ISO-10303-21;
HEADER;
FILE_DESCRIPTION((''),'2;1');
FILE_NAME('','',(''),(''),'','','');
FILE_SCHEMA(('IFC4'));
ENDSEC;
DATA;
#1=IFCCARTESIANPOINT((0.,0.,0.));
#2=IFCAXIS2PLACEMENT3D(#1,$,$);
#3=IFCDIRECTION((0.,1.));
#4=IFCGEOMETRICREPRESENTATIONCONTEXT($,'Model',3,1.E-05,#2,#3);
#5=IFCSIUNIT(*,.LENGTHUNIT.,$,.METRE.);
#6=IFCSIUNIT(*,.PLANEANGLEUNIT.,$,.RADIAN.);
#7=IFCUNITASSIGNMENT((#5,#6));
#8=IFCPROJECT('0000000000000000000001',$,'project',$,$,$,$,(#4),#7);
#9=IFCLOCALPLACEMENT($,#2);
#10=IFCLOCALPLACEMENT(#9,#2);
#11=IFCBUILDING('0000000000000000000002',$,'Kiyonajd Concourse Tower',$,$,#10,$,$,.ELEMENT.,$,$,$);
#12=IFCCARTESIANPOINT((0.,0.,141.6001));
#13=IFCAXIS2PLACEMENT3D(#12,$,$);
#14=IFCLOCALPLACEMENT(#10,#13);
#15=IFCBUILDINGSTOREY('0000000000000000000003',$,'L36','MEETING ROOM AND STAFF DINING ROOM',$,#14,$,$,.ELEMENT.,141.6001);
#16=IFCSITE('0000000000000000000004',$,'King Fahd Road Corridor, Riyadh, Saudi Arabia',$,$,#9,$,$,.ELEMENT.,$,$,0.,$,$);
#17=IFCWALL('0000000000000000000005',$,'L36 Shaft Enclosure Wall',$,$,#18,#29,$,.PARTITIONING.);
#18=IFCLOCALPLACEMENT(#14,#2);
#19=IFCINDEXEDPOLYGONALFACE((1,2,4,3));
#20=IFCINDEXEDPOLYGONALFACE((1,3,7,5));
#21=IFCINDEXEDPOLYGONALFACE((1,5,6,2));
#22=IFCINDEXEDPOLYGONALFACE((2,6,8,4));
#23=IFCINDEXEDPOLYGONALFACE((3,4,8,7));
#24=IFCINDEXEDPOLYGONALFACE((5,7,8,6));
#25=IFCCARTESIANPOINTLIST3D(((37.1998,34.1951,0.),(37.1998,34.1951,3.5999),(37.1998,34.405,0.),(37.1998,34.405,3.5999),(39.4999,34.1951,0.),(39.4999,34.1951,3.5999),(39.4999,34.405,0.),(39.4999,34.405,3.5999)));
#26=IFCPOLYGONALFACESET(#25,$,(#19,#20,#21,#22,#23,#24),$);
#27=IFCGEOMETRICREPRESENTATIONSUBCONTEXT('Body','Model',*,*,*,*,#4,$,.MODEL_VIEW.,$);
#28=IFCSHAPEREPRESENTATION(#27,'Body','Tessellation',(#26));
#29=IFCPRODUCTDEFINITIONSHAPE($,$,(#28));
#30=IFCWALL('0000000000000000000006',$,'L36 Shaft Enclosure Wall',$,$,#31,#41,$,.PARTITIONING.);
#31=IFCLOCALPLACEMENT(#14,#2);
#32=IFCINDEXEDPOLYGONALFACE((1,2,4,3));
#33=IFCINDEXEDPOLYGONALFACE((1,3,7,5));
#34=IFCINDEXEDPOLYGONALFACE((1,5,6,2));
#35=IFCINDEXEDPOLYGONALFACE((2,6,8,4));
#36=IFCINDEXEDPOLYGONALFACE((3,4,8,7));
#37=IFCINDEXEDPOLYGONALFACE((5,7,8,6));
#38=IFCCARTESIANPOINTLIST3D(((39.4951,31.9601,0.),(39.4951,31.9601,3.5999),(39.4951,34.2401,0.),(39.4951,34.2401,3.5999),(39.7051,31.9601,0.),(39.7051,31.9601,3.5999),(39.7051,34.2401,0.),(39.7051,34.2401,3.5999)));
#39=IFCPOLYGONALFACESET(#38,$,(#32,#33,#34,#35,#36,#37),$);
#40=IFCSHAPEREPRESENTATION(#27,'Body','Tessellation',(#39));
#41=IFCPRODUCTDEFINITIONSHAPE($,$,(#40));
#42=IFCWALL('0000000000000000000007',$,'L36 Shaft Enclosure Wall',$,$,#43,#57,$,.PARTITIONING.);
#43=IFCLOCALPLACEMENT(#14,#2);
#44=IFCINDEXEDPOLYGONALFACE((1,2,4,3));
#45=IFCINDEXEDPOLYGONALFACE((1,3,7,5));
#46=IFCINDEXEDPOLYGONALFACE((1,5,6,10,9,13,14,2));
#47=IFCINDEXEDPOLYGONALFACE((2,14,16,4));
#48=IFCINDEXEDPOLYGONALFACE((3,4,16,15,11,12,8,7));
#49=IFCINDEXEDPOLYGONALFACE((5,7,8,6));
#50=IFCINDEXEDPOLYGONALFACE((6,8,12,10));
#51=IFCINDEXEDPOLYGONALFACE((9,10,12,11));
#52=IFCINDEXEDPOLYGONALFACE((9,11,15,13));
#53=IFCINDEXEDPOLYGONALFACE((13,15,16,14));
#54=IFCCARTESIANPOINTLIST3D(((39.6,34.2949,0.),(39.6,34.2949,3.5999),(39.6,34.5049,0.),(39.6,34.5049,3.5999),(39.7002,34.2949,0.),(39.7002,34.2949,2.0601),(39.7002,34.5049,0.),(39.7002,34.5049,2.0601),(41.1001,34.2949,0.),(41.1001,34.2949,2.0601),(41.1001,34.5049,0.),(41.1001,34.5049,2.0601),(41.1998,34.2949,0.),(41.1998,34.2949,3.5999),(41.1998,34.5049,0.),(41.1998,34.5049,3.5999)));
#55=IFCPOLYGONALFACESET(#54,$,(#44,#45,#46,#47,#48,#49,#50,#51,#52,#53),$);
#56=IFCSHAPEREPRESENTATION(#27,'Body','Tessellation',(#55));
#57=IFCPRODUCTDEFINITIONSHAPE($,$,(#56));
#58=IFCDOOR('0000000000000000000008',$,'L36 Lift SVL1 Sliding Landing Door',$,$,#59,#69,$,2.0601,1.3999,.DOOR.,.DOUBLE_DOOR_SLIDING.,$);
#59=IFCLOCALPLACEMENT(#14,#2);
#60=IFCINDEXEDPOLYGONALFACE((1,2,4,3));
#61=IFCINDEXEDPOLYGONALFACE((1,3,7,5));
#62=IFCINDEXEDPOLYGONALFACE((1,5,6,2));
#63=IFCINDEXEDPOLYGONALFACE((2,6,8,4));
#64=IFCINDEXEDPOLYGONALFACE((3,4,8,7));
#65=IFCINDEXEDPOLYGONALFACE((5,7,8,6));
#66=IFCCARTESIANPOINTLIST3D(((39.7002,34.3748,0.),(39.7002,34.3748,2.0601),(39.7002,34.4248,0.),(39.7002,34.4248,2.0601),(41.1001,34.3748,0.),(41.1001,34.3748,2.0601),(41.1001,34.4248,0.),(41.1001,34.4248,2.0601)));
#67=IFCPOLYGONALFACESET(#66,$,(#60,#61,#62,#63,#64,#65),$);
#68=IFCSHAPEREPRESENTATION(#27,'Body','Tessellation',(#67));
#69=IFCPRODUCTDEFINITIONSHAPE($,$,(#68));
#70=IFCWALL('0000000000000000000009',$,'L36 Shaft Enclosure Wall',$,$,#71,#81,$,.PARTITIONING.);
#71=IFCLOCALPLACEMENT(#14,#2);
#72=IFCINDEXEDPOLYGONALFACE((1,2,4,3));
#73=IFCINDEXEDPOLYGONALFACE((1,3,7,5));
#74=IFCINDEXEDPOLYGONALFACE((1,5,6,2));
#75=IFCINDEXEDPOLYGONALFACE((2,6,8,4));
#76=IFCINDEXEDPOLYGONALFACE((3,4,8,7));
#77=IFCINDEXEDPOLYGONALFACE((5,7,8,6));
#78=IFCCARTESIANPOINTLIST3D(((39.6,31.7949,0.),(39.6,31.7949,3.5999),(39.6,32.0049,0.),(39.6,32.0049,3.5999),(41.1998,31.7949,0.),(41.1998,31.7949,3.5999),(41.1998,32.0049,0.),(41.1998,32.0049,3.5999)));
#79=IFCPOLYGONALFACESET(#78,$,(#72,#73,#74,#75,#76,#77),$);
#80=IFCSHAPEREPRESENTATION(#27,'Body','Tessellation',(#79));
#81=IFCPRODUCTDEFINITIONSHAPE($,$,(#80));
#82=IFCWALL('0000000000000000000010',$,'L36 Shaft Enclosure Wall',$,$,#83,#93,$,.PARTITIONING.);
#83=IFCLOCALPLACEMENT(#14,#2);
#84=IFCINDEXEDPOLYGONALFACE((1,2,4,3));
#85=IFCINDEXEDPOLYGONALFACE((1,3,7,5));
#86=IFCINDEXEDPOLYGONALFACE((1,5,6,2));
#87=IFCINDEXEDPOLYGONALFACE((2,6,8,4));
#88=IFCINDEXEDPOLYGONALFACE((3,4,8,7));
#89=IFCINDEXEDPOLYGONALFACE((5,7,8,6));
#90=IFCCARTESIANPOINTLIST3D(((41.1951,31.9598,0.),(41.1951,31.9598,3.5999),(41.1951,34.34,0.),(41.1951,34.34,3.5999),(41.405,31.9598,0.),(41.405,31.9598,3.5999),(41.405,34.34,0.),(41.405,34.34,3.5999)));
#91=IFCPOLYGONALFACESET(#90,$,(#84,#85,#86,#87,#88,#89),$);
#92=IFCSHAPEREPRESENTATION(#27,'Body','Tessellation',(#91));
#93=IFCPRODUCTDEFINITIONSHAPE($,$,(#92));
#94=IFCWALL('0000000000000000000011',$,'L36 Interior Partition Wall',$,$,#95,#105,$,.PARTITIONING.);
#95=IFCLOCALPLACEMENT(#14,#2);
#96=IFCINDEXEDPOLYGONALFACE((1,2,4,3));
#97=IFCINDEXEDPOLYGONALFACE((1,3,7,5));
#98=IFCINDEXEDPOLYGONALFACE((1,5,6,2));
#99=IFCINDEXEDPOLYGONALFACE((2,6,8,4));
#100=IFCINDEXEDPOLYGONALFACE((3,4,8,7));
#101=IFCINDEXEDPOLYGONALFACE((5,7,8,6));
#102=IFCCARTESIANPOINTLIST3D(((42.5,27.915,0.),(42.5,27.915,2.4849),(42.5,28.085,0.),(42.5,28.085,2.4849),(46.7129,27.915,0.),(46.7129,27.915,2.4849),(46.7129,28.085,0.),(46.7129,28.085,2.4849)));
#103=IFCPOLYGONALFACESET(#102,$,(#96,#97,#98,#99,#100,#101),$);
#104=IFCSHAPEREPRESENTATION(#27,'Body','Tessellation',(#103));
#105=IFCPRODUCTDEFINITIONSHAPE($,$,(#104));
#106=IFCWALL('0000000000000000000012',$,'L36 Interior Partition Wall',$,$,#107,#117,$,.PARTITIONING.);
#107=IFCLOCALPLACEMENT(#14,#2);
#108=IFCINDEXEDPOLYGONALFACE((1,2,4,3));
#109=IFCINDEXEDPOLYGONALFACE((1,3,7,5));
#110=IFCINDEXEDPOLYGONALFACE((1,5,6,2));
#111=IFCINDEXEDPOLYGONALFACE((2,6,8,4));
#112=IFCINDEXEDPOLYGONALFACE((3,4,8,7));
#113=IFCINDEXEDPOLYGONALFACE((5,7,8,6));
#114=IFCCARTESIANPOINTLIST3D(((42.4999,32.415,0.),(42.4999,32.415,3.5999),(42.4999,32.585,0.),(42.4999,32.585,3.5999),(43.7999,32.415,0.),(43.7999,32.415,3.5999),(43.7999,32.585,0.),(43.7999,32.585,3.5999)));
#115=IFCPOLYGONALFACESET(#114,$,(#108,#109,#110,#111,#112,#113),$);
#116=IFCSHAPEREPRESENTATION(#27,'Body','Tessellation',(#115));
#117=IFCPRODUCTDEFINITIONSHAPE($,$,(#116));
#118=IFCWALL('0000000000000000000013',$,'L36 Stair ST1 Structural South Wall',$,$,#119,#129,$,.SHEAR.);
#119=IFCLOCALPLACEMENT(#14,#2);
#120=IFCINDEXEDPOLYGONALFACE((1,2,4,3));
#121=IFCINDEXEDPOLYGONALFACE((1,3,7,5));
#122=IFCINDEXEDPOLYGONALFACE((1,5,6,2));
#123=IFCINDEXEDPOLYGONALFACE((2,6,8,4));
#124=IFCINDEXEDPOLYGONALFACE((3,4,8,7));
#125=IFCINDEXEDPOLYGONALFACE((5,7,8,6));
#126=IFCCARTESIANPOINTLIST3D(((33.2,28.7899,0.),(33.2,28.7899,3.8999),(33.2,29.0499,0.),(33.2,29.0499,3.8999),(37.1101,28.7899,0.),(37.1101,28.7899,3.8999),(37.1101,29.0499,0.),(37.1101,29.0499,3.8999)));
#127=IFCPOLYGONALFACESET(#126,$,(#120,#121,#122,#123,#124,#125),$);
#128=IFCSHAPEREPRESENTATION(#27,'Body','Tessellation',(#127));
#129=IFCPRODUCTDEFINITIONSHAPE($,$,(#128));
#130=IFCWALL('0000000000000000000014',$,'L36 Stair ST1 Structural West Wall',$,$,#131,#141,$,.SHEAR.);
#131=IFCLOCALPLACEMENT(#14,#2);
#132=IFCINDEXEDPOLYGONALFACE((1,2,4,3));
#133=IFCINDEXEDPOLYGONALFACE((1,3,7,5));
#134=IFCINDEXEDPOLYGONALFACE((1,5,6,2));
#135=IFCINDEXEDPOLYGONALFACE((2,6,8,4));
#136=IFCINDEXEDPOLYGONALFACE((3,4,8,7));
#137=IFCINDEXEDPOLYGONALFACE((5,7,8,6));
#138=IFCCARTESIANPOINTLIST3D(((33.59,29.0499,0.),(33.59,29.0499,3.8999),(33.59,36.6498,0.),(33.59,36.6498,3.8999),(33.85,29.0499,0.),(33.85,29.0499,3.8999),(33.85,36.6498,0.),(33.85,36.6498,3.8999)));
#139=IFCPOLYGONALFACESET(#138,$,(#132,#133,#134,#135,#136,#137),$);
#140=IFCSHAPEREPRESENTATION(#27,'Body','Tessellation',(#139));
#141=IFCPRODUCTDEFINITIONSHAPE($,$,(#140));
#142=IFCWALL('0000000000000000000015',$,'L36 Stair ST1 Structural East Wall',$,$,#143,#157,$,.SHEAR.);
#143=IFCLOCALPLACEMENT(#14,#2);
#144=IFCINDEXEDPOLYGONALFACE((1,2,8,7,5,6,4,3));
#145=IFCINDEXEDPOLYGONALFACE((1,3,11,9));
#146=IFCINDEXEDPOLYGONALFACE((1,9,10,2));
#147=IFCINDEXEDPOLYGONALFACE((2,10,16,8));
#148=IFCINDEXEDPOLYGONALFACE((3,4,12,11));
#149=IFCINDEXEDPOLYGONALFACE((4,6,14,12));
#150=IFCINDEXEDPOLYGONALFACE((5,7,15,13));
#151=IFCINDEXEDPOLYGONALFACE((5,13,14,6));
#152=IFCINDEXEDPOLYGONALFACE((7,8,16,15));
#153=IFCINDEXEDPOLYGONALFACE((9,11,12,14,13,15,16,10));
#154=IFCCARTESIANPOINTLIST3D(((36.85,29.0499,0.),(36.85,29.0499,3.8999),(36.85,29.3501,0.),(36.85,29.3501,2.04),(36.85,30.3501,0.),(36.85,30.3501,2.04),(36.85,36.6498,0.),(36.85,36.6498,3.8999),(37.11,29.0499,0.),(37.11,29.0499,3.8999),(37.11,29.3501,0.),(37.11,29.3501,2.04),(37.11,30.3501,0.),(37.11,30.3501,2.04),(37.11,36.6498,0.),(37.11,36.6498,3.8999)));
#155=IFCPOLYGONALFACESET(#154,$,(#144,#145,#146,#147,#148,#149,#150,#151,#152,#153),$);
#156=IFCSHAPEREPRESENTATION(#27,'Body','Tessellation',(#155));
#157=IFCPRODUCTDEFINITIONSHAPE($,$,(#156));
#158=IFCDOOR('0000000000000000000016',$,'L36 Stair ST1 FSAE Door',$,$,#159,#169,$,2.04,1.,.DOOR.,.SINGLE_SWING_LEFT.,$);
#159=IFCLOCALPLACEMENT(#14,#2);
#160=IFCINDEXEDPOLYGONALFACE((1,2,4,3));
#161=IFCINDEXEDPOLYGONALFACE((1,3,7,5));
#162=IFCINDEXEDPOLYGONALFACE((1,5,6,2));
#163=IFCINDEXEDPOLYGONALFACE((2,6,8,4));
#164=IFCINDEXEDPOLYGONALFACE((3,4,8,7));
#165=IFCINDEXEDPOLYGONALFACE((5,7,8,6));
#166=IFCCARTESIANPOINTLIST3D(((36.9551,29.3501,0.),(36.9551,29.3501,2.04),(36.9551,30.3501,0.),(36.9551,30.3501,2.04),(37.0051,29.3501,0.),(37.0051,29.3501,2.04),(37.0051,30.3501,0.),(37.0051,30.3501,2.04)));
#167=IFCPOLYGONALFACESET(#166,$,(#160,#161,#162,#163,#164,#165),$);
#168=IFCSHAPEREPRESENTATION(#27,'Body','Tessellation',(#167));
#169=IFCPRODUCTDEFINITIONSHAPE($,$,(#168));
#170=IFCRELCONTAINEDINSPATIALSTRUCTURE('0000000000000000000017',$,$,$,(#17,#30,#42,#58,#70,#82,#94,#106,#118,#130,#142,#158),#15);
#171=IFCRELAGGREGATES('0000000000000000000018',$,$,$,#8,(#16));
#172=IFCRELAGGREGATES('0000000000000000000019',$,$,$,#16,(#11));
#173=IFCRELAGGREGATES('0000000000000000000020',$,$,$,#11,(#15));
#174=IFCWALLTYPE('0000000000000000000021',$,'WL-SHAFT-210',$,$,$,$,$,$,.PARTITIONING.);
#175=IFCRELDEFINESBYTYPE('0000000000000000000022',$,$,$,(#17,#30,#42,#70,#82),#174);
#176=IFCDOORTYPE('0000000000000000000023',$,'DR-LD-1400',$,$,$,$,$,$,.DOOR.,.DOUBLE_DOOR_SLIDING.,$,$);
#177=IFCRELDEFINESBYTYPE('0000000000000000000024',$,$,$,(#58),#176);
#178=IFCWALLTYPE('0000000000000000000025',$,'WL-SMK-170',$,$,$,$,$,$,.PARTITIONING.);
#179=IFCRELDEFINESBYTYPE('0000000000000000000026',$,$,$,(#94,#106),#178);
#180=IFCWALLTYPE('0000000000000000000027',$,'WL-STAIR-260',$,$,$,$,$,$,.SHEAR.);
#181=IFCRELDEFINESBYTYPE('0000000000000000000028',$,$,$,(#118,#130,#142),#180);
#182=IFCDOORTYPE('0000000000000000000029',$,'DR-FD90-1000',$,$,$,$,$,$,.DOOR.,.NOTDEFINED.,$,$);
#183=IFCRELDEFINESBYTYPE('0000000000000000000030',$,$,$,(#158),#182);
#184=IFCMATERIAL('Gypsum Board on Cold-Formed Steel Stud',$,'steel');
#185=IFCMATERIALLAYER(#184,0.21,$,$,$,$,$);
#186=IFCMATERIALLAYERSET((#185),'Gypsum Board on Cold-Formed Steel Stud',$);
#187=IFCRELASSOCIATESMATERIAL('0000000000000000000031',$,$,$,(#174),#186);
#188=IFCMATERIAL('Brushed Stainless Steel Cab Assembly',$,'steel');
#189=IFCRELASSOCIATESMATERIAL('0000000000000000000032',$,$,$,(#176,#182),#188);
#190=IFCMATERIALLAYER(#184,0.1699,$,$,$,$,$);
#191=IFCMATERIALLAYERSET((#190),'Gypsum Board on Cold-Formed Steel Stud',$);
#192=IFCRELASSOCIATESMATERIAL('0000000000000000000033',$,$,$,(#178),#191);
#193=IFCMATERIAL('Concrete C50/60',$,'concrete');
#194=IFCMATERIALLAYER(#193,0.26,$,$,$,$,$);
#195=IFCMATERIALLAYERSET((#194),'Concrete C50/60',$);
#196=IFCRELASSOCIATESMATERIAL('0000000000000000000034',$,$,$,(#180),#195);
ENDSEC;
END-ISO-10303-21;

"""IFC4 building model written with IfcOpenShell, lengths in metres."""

from ifc_helpers import new_model, si_unit, direction, frame, frame_2d, origin, place, context, subcontext, project, spatial, rectangle, extrude, material, layer, layer_set, type_object, element, fill, save


model = new_model("IFC4")

# Units and contexts
model_context = context("Model", 3, precision=1e-05, world=origin(), true_north=direction((0.0, 1.0)))
body_context = subcontext(model_context, "Body", "Model", "MODEL_VIEW")
ifc_project = project(units=[si_unit("LENGTHUNIT", "METRE"), si_unit("PLANEANGLEUNIT", "RADIAN")], contexts=[model_context])

# Site, building, storey
site_placement = place(None, origin())
site = spatial("IfcSite", under=ifc_project, at=site_placement, Name="King Fahd Road Corridor, Riyadh, Saudi Arabia", CompositionType="ELEMENT", RefElevation=0.0)
building_placement = place(site_placement, origin())
building = spatial("IfcBuilding", under=site, at=building_placement, Name="Kiyonajd Concourse Tower", CompositionType="ELEMENT")
storey_placement = place(building_placement, frame((0.0, 0.0, 141.6001)))
storey = spatial("IfcBuildingStorey", under=building, at=storey_placement, Name="L36", Description="MEETING ROOM AND STAFF DINING ROOM", CompositionType="ELEMENT", Elevation=141.6001)

# Shared definitions
ifc_material_1 = material(Name="Concrete C50/60", Category="concrete")

# Shared definitions
ifc_material_2 = material(Name="Brushed Stainless Steel Cab Assembly", Category="steel")

# Shared definitions
ifc_material_3 = material(Name="Gypsum Board on Cold-Formed Steel Stud", Category="steel")

# Shared definitions
ifc_layer_1 = layer(ifc_material_3, 0.21)
ifc_layer_set_1 = layer_set([ifc_layer_1], Name="Gypsum Board on Cold-Formed Steel Stud")
wall_type_1 = type_object("IfcWallType", Name="WL-SHAFT-210", PredefinedType="PARTITIONING", material=ifc_layer_set_1)

# Walls
wall_1_placement = place(storey_placement, frame((37.2, 34.3, 0.0), z_axis=(0.0, 0.0, 1.0), x_axis=(1.0, 0.0, 0.0)))
element("IfcWall", 1, at=wall_1_placement, inside=storey, type_object=wall_type_1, Name="L36 Shaft Enclosure Wall", PredefinedType="PARTITIONING", context=body_context, shape_type="SweptSolid", body=[
    extrude(rectangle(XDim=2.3, YDim=0.21, at=frame_2d((1.1499, 0.0))), origin(), (0.0, 0.0, 1.0), 3.5999),
])
wall_2_placement = place(storey_placement, frame((39.6001, 31.96, 0.0), z_axis=(0.0, 0.0, 1.0), x_axis=(0.0, 1.0, 0.0)))
element("IfcWall", 2, at=wall_2_placement, inside=storey, type_object=wall_type_1, Name="L36 Shaft Enclosure Wall", PredefinedType="PARTITIONING", context=body_context, shape_type="SweptSolid", body=[
    extrude(rectangle(XDim=2.28, YDim=0.21, at=frame_2d((1.1401, 0.0))), origin(), (0.0, 0.0, 1.0), 3.5999),
])

# Wall, opening, door
wall_3_placement = place(storey_placement, frame((39.6001, 34.3999, 0.0), z_axis=(0.0, 0.0, 1.0), x_axis=(1.0, 0.0, 0.0)))
wall_3 = element("IfcWall", 3, at=wall_3_placement, inside=storey, type_object=wall_type_1, Name="L36 Shaft Enclosure Wall", PredefinedType="PARTITIONING", context=body_context, shape_type="SweptSolid", body=[
    extrude(rectangle(XDim=1.5999, YDim=0.21, at=frame_2d((0.7998, 0.0))), origin(), (0.0, 0.0, 1.0), 3.5999),
])
opening_1_placement = place(wall_3_placement, frame((0.1001, 0.0, 0.0)))
opening_1 = element("IfcOpeningElement", 4, at=opening_1_placement, cuts=wall_3, PredefinedType="OPENING", context=body_context, shape_type="SweptSolid", body=[
    extrude(rectangle(XDim=1.3999, YDim=2.0601, at=frame_2d((0.7, 1.03))), frame((0.0, 0.115, 0.0), z_axis=(0.0, -1.0, 0.0), x_axis=(1.0, 0.0, 0.0)), (0.0, 0.0, 1.0), 0.23),
])
door_type_1 = type_object("IfcDoorType", Name="DR-LD-1400", OperationType="DOUBLE_DOOR_SLIDING", PredefinedType="DOOR", material=ifc_material_2)
door_1_placement = place(opening_1_placement, origin())
door_1 = element("IfcDoor", 5, at=door_1_placement, inside=storey, type_object=door_type_1, Name="L36 Lift SVL1 Sliding Landing Door", OperationType="DOUBLE_DOOR_SLIDING", OverallHeight=2.0601, OverallWidth=1.3999, PredefinedType="DOOR", context=body_context, shape_type="SweptSolid", body=[
    extrude(rectangle(XDim=1.3999, YDim=2.0601, at=frame_2d((0.7, 1.03))), frame((0.0, 0.0249, 0.0), z_axis=(0.0, -1.0, 0.0), x_axis=(1.0, 0.0, 0.0)), (0.0, 0.0, 1.0), 0.05),
])
fill(opening_1, door_1)

# Walls
wall_4_placement = place(storey_placement, frame((39.6001, 31.8999, 0.0), z_axis=(0.0, 0.0, 1.0), x_axis=(1.0, 0.0, 0.0)))
element("IfcWall", 6, at=wall_4_placement, inside=storey, type_object=wall_type_1, Name="L36 Shaft Enclosure Wall", PredefinedType="PARTITIONING", context=body_context, shape_type="SweptSolid", body=[
    extrude(rectangle(XDim=1.5999, YDim=0.21, at=frame_2d((0.7998, 0.0))), origin(), (0.0, 0.0, 1.0), 3.5999),
])
wall_5_placement = place(storey_placement, frame((41.3, 31.96, 0.0), z_axis=(0.0, 0.0, 1.0), x_axis=(0.0, 1.0, 0.0)))
element("IfcWall", 7, at=wall_5_placement, inside=storey, type_object=wall_type_1, Name="L36 Shaft Enclosure Wall", PredefinedType="PARTITIONING", context=body_context, shape_type="SweptSolid", body=[
    extrude(rectangle(XDim=2.3801, YDim=0.21, at=frame_2d((1.1899, 0.0))), origin(), (0.0, 0.0, 1.0), 3.5999),
])
ifc_layer_2 = layer(ifc_material_3, 0.1699)
ifc_layer_set_2 = layer_set([ifc_layer_2], Name="Gypsum Board on Cold-Formed Steel Stud")
wall_type_2 = type_object("IfcWallType", Name="WL-SMK-170", PredefinedType="PARTITIONING", material=ifc_layer_set_2)
wall_6_placement = place(storey_placement, frame((42.5, 28.0, 0.0), z_axis=(0.0, 0.0, 1.0), x_axis=(1.0, 0.0, 0.0)))
element("IfcWall", 8, at=wall_6_placement, inside=storey, type_object=wall_type_2, Name="L36 Interior Partition Wall", PredefinedType="PARTITIONING", context=body_context, shape_type="SweptSolid", body=[
    extrude(rectangle(XDim=4.2129, YDim=0.1699, at=frame_2d((2.1064, 0.0))), origin(), (0.0, 0.0, 1.0), 2.4849),
])
wall_7_placement = place(storey_placement, frame((42.5, 32.5, 0.0), z_axis=(0.0, 0.0, 1.0), x_axis=(1.0, 0.0, 0.0)))
element("IfcWall", 9, at=wall_7_placement, inside=storey, type_object=wall_type_2, Name="L36 Interior Partition Wall", PredefinedType="PARTITIONING", context=body_context, shape_type="SweptSolid", body=[
    extrude(rectangle(XDim=1.3, YDim=0.1699, at=frame_2d((0.6499, 0.0))), origin(), (0.0, 0.0, 1.0), 3.5999),
])
ifc_layer_3 = layer(ifc_material_1, 0.26)
ifc_layer_set_3 = layer_set([ifc_layer_3], Name="Concrete C50/60")
wall_type_3 = type_object("IfcWallType", Name="WL-STAIR-260", PredefinedType="SHEAR", material=ifc_layer_set_3)
wall_8_placement = place(storey_placement, frame((33.2, 28.9199, 0.0), z_axis=(0.0, 0.0, 1.0), x_axis=(1.0, 0.0, 0.0)))
element("IfcWall", 10, at=wall_8_placement, inside=storey, type_object=wall_type_3, Name="L36 Stair ST1 Structural South Wall", PredefinedType="SHEAR", context=body_context, shape_type="SweptSolid", body=[
    extrude(rectangle(XDim=3.9102, YDim=0.26, at=frame_2d((1.9551, 0.0))), origin(), (0.0, 0.0, 1.0), 3.8999),
])
wall_9_placement = place(storey_placement, frame((33.72, 29.05, 0.0), z_axis=(0.0, 0.0, 1.0), x_axis=(0.0, 1.0, 0.0)))
element("IfcWall", 11, at=wall_9_placement, inside=storey, type_object=wall_type_3, Name="L36 Stair ST1 Structural West Wall", PredefinedType="SHEAR", context=body_context, shape_type="SweptSolid", body=[
    extrude(rectangle(XDim=7.5999, YDim=0.26, at=frame_2d((3.7998, 0.0))), origin(), (0.0, 0.0, 1.0), 3.8999),
])

# Wall, opening, door
wall_10_placement = place(storey_placement, frame((36.98, 29.05, 0.0), z_axis=(0.0, 0.0, 1.0), x_axis=(0.0, 1.0, 0.0)))
wall_10 = element("IfcWall", 12, at=wall_10_placement, inside=storey, type_object=wall_type_3, Name="L36 Stair ST1 Structural East Wall", PredefinedType="SHEAR", context=body_context, shape_type="SweptSolid", body=[
    extrude(rectangle(XDim=7.5999, YDim=0.26, at=frame_2d((3.7998, 0.0))), origin(), (0.0, 0.0, 1.0), 3.8999),
])
opening_2_placement = place(wall_10_placement, frame((0.3, 0.0, 0.0)))
opening_2 = element("IfcOpeningElement", 13, at=opening_2_placement, cuts=wall_10, PredefinedType="OPENING", context=body_context, shape_type="SweptSolid", body=[
    extrude(rectangle(XDim=1.0, YDim=2.04, at=frame_2d((0.5, 1.02))), frame((0.0, 0.1399, 0.0), z_axis=(0.0, -1.0, 0.0), x_axis=(1.0, 0.0, 0.0)), (0.0, 0.0, 1.0), 0.28),
])
door_type_2 = type_object("IfcDoorType", Name="DR-FD90-1000", OperationType="NOTDEFINED", PredefinedType="DOOR", material=ifc_material_2)
door_2_placement = place(opening_2_placement, origin())
door_2 = element("IfcDoor", 14, at=door_2_placement, inside=storey, type_object=door_type_2, Name="L36 Stair ST1 FSAE Door", OperationType="SINGLE_SWING_LEFT", OverallHeight=2.04, OverallWidth=1.0, PredefinedType="DOOR", context=body_context, shape_type="SweptSolid", body=[
    extrude(rectangle(XDim=1.0, YDim=2.04, at=frame_2d((0.5, 1.02))), frame((0.0, 0.0249, 0.0), z_axis=(0.0, -1.0, 0.0), x_axis=(1.0, 0.0, 0.0)), (0.0, 0.0, 1.0), 0.05),
])
fill(opening_2, door_2)

save(model, "model.ifc")
